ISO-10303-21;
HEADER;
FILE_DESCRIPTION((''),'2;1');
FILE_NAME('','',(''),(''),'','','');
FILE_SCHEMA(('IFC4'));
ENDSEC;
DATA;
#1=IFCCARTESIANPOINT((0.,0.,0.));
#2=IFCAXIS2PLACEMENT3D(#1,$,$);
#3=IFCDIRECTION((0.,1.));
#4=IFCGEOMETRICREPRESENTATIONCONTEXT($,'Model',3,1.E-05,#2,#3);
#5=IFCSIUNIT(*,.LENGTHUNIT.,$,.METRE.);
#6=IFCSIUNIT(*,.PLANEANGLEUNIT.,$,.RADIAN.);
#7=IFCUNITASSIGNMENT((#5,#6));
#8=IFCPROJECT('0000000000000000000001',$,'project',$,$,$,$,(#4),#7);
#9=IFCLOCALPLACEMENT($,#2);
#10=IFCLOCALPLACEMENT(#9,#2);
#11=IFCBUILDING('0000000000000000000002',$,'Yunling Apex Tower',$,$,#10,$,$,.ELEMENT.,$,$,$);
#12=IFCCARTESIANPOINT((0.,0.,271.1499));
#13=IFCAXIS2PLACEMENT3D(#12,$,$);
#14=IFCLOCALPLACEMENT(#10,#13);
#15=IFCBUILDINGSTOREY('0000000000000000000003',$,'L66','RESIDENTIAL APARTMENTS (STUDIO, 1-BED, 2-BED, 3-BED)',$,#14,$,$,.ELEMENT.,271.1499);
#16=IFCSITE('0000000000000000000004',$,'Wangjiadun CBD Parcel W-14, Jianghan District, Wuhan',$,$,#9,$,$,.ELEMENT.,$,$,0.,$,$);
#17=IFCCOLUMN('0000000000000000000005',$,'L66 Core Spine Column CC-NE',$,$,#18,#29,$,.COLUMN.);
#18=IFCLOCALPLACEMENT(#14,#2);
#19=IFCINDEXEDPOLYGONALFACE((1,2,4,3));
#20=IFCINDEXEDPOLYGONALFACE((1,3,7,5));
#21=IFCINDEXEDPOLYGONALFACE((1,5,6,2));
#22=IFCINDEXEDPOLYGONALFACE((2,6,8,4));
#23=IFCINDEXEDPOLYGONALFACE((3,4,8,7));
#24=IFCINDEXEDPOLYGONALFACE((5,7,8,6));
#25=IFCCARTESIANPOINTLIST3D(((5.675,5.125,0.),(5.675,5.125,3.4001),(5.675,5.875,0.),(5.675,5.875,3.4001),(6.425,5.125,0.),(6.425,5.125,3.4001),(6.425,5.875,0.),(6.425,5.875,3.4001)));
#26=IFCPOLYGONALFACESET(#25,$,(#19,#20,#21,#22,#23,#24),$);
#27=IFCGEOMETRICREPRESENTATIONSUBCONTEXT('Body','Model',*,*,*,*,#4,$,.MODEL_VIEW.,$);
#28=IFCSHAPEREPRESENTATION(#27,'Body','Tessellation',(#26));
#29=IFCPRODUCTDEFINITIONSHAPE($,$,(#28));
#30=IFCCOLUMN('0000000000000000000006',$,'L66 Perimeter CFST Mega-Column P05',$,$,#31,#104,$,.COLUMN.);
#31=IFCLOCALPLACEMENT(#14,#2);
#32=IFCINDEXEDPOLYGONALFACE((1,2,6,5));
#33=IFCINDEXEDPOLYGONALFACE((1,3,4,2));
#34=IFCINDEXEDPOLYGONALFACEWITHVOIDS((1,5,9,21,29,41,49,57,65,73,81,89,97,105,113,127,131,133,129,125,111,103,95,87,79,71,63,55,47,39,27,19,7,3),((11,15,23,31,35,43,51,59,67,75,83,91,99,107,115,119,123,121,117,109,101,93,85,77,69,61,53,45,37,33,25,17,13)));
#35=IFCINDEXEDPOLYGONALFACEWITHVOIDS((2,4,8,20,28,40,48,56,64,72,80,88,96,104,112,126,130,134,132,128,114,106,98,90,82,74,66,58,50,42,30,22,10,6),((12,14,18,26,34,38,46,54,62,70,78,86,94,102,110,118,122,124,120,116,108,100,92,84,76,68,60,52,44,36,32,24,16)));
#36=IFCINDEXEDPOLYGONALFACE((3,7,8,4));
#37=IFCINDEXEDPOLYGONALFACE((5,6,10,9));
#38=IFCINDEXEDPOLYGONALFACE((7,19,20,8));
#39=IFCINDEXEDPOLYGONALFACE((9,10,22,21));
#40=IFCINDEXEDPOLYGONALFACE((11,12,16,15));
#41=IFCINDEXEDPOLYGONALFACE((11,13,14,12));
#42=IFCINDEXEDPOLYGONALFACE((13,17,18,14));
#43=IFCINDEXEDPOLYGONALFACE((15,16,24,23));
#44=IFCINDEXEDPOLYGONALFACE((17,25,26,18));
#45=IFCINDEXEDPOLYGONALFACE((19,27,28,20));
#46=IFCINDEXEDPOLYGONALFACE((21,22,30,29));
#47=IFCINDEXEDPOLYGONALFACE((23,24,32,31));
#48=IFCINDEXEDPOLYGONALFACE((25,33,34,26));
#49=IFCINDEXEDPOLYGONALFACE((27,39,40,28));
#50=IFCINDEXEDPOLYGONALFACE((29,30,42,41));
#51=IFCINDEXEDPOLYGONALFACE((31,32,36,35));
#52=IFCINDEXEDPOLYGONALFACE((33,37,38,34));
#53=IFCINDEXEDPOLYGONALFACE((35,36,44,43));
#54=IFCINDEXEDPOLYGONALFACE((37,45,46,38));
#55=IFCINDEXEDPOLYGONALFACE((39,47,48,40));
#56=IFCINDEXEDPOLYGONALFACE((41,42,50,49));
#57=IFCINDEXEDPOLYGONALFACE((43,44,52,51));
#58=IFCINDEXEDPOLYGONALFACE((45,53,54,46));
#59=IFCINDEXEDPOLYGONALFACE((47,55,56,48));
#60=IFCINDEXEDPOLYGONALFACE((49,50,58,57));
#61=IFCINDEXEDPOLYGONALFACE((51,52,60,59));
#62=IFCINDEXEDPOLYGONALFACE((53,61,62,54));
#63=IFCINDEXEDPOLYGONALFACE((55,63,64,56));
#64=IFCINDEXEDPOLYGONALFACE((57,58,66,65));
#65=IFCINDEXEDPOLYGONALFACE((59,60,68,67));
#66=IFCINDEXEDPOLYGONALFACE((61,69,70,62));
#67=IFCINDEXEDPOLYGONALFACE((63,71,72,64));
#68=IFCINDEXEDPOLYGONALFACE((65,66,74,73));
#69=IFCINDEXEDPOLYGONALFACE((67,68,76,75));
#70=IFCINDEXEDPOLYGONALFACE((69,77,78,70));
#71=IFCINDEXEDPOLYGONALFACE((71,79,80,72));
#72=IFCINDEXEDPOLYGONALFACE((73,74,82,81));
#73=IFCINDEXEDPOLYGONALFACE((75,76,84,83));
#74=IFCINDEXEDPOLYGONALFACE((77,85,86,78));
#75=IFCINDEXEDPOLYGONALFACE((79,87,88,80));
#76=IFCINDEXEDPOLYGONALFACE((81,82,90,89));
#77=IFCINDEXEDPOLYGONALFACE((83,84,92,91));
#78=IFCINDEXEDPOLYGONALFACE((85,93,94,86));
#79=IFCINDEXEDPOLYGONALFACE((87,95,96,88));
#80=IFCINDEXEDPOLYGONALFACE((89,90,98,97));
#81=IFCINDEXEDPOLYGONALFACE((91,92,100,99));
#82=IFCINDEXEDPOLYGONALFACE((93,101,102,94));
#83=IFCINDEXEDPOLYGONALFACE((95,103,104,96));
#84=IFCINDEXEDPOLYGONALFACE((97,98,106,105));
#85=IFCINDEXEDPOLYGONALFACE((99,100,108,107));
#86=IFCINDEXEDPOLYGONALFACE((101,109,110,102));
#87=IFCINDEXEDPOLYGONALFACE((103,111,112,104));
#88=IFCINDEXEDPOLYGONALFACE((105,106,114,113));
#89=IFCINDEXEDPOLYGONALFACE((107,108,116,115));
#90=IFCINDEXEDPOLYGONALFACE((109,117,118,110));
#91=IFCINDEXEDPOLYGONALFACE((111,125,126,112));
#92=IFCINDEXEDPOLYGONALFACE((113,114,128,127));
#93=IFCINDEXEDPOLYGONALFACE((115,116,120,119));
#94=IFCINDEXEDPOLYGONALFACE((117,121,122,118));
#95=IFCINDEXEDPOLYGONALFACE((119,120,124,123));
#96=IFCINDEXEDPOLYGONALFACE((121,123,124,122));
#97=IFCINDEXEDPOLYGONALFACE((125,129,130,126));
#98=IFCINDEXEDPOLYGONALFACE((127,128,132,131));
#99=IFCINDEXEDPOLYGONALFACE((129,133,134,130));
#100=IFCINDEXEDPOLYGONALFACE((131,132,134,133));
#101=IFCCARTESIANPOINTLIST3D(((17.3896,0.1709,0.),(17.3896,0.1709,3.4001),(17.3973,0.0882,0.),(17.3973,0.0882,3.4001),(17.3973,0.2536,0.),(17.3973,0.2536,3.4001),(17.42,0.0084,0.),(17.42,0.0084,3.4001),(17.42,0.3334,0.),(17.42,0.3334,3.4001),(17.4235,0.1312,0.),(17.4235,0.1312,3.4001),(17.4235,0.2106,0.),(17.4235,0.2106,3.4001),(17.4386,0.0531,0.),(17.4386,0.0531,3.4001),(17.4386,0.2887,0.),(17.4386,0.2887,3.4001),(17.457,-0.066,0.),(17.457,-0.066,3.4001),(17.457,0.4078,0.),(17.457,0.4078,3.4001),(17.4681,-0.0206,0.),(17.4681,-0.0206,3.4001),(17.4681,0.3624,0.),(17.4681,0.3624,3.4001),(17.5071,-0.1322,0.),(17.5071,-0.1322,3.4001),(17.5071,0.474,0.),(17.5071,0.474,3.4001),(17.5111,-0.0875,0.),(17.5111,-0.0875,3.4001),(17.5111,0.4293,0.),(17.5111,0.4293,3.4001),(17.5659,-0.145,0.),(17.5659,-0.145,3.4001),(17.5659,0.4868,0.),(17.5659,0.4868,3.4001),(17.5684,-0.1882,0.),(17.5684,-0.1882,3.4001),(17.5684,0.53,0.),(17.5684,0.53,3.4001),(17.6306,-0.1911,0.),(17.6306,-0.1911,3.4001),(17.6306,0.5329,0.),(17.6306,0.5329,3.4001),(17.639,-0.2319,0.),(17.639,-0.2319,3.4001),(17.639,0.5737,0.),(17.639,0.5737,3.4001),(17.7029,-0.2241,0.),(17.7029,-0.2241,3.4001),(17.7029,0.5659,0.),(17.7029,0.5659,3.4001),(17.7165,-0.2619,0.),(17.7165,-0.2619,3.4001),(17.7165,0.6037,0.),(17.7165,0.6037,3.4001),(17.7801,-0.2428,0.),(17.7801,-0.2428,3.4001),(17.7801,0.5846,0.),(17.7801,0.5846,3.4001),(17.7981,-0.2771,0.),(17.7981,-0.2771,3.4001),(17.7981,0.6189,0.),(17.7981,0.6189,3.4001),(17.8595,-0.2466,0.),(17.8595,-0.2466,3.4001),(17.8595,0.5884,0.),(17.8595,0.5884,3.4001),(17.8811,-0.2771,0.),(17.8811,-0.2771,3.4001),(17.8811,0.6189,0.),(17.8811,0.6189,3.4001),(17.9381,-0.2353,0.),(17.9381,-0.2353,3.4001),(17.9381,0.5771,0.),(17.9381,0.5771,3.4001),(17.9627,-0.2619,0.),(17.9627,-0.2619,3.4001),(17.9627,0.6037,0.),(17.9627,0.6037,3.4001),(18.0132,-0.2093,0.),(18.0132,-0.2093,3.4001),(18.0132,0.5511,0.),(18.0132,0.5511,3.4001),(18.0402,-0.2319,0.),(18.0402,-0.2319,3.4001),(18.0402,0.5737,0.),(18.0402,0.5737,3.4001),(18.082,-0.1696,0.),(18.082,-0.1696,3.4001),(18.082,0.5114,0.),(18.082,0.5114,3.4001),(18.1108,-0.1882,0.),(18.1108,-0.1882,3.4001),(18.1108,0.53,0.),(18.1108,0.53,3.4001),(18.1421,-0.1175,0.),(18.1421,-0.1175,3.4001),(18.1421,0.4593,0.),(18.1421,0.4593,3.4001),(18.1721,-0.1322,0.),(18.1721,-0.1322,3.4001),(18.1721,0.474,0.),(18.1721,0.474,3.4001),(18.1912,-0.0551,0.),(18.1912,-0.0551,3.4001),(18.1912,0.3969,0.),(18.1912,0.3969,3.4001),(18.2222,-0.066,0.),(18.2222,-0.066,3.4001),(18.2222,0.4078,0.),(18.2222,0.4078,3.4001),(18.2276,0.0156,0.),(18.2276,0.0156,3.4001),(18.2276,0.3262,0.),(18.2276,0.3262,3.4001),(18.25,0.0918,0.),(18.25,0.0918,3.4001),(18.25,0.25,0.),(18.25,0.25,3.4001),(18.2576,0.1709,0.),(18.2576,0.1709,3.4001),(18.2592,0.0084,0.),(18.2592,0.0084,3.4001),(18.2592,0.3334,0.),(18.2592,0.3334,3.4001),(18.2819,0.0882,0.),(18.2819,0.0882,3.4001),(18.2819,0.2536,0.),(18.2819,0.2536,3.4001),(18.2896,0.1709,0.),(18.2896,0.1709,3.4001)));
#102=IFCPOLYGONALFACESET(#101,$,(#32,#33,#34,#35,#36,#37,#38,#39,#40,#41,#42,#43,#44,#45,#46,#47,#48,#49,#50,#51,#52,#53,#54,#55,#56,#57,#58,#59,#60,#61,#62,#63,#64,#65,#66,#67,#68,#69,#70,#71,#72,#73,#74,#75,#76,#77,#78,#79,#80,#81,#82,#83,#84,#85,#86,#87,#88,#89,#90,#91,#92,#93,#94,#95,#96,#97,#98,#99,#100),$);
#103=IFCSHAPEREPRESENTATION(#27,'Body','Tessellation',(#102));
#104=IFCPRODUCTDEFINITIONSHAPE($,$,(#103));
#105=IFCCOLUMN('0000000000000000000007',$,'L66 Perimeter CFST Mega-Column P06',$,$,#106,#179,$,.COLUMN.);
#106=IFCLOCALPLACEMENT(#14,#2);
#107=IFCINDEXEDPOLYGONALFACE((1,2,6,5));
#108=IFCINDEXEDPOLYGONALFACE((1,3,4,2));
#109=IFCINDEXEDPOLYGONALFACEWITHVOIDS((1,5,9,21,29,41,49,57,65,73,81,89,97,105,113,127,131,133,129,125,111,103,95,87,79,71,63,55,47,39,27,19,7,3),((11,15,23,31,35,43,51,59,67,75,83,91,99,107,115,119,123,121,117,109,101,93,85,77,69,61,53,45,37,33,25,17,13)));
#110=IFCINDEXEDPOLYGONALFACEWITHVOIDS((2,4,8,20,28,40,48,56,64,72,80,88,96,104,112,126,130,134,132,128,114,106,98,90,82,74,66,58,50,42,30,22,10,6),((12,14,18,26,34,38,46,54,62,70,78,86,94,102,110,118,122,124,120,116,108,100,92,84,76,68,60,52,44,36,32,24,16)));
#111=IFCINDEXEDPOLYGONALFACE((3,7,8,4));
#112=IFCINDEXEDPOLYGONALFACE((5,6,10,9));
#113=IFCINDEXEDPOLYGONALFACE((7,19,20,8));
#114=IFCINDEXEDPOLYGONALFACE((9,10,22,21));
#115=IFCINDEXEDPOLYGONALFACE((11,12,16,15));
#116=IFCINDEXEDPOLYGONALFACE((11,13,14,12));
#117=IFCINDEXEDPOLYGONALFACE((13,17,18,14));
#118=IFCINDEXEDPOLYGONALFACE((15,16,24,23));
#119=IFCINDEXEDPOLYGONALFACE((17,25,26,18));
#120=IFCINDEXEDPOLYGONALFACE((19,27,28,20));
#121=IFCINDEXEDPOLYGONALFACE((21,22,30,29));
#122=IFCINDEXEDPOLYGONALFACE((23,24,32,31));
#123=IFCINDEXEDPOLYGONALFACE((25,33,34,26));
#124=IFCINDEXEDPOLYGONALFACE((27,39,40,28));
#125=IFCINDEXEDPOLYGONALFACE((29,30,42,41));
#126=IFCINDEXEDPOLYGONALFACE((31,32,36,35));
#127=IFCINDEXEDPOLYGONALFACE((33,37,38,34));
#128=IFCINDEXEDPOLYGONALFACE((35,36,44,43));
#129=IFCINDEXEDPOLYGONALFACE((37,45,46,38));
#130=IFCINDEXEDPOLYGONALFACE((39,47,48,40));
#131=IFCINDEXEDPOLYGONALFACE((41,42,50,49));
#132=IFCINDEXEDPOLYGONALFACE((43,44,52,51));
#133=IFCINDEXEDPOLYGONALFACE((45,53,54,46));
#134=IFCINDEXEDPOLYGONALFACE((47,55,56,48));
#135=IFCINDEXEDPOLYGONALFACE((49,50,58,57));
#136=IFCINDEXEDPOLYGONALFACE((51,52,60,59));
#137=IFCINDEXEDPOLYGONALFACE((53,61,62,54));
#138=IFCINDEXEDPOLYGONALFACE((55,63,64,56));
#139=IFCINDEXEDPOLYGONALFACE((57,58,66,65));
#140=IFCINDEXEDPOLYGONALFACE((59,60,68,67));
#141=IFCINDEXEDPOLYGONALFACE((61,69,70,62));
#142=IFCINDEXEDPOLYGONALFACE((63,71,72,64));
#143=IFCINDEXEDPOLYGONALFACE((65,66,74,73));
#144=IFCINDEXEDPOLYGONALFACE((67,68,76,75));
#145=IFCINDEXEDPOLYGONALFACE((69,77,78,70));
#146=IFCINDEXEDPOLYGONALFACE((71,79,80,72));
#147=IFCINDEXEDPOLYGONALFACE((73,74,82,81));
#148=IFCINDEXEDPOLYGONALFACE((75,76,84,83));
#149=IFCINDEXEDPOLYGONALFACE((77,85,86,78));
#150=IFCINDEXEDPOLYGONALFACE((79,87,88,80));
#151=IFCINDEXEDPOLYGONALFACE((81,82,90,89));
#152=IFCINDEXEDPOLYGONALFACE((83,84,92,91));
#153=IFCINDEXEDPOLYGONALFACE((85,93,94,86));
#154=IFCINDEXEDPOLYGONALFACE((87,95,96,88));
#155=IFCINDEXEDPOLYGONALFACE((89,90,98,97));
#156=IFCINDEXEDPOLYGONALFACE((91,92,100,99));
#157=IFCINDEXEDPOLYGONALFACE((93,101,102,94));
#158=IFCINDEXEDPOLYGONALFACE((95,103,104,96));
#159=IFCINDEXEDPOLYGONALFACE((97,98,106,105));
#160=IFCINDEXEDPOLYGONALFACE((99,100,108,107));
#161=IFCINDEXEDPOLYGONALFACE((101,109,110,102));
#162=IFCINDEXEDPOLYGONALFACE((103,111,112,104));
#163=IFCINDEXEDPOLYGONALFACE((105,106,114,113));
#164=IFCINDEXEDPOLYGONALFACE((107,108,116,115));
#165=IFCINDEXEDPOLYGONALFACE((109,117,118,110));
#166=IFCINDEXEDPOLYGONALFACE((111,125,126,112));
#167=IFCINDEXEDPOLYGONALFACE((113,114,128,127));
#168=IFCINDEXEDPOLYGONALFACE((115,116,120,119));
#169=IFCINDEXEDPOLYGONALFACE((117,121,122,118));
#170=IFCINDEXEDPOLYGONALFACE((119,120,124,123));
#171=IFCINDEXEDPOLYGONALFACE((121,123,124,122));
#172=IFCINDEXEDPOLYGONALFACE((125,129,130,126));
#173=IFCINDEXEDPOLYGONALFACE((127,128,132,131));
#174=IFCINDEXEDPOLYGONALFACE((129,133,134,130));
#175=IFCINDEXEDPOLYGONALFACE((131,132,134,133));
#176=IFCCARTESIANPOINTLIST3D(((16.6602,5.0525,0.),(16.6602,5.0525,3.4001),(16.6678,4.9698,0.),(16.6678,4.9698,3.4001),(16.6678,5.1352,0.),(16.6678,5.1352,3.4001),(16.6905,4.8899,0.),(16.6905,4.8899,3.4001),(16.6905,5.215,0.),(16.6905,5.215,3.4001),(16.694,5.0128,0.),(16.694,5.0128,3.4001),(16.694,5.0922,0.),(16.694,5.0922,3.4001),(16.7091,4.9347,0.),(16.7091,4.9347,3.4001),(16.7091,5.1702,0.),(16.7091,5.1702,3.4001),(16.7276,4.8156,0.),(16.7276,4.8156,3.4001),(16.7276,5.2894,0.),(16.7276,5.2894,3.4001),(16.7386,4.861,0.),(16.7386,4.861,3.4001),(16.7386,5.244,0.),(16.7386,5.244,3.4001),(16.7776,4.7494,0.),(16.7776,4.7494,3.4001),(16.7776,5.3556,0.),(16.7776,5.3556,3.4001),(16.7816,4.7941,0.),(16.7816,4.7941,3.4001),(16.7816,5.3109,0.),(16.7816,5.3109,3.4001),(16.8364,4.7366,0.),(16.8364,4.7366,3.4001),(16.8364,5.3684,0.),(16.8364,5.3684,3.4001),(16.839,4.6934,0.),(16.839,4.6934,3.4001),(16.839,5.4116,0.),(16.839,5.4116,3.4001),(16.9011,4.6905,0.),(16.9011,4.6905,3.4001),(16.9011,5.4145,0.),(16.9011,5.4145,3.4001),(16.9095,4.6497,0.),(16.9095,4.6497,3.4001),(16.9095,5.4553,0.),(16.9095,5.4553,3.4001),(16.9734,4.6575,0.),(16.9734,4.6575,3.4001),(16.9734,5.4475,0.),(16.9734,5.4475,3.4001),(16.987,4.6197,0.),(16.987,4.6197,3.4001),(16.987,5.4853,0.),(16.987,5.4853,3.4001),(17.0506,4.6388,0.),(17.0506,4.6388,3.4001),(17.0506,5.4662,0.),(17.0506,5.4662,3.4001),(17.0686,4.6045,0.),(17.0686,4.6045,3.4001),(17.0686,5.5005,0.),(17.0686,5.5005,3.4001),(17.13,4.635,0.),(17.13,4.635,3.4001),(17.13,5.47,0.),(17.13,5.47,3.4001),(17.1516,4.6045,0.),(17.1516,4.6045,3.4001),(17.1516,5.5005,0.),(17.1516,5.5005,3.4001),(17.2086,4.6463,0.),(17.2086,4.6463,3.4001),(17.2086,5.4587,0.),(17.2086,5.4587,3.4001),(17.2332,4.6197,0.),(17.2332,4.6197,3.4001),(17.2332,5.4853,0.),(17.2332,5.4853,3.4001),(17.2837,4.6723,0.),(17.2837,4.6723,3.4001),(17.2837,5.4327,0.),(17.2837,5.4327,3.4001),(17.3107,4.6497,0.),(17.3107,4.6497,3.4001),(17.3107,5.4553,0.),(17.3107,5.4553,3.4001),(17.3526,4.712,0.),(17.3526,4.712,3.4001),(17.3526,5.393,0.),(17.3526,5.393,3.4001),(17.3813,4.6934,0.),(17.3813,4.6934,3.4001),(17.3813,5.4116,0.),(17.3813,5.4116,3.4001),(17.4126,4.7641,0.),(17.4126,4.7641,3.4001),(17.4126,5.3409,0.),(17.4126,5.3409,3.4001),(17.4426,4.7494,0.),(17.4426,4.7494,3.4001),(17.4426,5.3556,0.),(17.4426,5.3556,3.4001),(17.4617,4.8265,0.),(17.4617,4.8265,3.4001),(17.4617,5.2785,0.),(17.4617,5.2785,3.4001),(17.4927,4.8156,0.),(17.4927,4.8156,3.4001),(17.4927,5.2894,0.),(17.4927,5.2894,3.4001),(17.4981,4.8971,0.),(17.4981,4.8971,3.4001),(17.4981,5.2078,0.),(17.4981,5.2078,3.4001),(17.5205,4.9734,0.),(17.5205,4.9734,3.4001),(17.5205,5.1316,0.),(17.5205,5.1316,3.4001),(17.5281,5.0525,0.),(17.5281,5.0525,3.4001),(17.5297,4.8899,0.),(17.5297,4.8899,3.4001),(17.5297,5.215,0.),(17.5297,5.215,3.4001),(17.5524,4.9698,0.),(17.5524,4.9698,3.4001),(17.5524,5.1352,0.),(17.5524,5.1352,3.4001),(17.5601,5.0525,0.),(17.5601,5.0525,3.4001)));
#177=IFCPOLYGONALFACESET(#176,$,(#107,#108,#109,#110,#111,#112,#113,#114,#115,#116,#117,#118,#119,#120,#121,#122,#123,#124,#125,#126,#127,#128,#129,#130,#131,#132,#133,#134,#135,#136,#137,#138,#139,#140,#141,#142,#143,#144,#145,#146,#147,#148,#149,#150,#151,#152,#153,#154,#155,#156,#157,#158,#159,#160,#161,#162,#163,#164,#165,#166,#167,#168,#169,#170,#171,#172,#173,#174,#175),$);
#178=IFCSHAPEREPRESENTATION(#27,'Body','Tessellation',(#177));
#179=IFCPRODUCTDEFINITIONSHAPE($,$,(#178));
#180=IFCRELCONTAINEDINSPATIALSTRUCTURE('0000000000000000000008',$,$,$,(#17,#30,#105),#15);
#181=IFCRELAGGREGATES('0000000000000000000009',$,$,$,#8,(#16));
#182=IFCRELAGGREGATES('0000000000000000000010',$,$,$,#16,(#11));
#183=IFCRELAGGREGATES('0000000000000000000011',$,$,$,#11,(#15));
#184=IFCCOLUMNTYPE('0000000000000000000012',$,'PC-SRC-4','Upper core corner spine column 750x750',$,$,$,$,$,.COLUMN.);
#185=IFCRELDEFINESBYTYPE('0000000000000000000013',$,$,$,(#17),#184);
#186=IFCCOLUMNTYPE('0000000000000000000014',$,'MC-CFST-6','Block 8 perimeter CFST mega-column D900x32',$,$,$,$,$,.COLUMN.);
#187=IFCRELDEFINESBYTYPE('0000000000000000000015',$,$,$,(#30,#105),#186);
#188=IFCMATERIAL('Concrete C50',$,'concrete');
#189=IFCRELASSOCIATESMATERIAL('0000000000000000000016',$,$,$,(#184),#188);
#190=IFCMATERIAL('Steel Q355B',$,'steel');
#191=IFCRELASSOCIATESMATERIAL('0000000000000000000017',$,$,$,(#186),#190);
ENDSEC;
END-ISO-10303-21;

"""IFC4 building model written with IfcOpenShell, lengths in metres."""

from ifc_helpers import new_model, si_unit, direction, frame, origin, origin_2d, place, context, subcontext, project, spatial, rectangle, hollow_circle, extrude, source, transform, mapped, material, material_profile, profile_set, type_object, element, save


model = new_model("IFC4")

# Units and contexts
model_context = context("Model", 3, precision=1e-05, world=origin(), true_north=direction((0.0, 1.0)))
body_context = subcontext(model_context, "Body", "Model", "MODEL_VIEW")
ifc_project = project(units=[si_unit("LENGTHUNIT", "METRE"), si_unit("PLANEANGLEUNIT", "RADIAN")], contexts=[model_context])

# Site, building, storey
site_placement = place(None, origin())
site = spatial("IfcSite", under=ifc_project, at=site_placement, Name="Wangjiadun CBD Parcel W-14, Jianghan District, Wuhan", CompositionType="ELEMENT", RefElevation=0.0)
building_placement = place(site_placement, origin())
building = spatial("IfcBuilding", under=site, at=building_placement, Name="Yunling Apex Tower", CompositionType="ELEMENT")
storey_placement = place(building_placement, frame((0.0, 0.0, 271.1499)))
storey = spatial("IfcBuildingStorey", under=building, at=storey_placement, Name="L66", Description="RESIDENTIAL APARTMENTS (STUDIO, 1-BED, 2-BED, 3-BED)", CompositionType="ELEMENT", Elevation=271.1499)

# Columns
ifc_material_1 = material(Name="Concrete C50", Category="concrete")
ifc_material_profile_1 = material_profile(ifc_material_1, rectangle(XDim=0.75, YDim=0.75, at=origin_2d()))
ifc_profile_set_1 = profile_set([ifc_material_profile_1], Name="Concrete C50")
column_type_1 = type_object("IfcColumnType", Name="PC-SRC-4", Description="Upper core corner spine column 750x750", PredefinedType="COLUMN", material=ifc_profile_set_1)
shared_shape_1 = source(origin(), body_context, "Body", "SweptSolid", [
    extrude(rectangle(XDim=0.75, YDim=0.75, at=origin_2d()), origin(), (0.0, 0.0, 1.0), 3.4001),
])
column_placement = place(storey_placement, frame((6.05, 5.5, 0.0), z_axis=(0.0, 0.0, 1.0), x_axis=(1.0, 0.0, 0.0)))
element("IfcColumn", 1, at=column_placement, inside=storey, type_object=column_type_1, Name="L66 Core Spine Column CC-NE", PredefinedType="COLUMN", context=body_context, shape_type="MappedRepresentation", body=[
    mapped(shared_shape_1, transform((0.0, 0.0, 0.0), scale=1.0)),
])
ifc_material_2 = material(Name="Steel Q355B", Category="steel")
ifc_material_profile_2 = material_profile(ifc_material_2, hollow_circle(Radius=0.45, WallThickness=0.032, at=origin_2d()))
ifc_profile_set_2 = profile_set([ifc_material_profile_2], Name="Steel Q355B")
column_type_2 = type_object("IfcColumnType", Name="MC-CFST-6", Description="Block 8 perimeter CFST mega-column D900x32", PredefinedType="COLUMN", material=ifc_profile_set_2)
shared_shape_2 = source(origin(), body_context, "Body", "SweptSolid", [
    extrude(hollow_circle(Radius=0.45, WallThickness=0.032, at=origin_2d()), origin(), (0.0, 0.0, 1.0), 3.4001),
])
for number, where, z_axis, x_axis, name in (
    (2, (17.8396, 0.1709, 0.0), (0.0, 0.0, 1.0), (1.0, 0.0, 0.0), "L66 Perimeter CFST Mega-Column P05"),
    (3, (17.1101, 5.0525, 0.0), (0.0, 0.0, 1.0), (1.0, 0.0, 0.0), "L66 Perimeter CFST Mega-Column P06"),
):
    element("IfcColumn", number, at=place(storey_placement, frame(where, z_axis=z_axis, x_axis=x_axis)), inside=storey, type_object=column_type_2, Name=name, PredefinedType="COLUMN", context=body_context, shape_type="MappedRepresentation", body=[
        mapped(shared_shape_2, transform((0.0, 0.0, 0.0), scale=1.0)),
    ])

save(model, "model.ifc")
